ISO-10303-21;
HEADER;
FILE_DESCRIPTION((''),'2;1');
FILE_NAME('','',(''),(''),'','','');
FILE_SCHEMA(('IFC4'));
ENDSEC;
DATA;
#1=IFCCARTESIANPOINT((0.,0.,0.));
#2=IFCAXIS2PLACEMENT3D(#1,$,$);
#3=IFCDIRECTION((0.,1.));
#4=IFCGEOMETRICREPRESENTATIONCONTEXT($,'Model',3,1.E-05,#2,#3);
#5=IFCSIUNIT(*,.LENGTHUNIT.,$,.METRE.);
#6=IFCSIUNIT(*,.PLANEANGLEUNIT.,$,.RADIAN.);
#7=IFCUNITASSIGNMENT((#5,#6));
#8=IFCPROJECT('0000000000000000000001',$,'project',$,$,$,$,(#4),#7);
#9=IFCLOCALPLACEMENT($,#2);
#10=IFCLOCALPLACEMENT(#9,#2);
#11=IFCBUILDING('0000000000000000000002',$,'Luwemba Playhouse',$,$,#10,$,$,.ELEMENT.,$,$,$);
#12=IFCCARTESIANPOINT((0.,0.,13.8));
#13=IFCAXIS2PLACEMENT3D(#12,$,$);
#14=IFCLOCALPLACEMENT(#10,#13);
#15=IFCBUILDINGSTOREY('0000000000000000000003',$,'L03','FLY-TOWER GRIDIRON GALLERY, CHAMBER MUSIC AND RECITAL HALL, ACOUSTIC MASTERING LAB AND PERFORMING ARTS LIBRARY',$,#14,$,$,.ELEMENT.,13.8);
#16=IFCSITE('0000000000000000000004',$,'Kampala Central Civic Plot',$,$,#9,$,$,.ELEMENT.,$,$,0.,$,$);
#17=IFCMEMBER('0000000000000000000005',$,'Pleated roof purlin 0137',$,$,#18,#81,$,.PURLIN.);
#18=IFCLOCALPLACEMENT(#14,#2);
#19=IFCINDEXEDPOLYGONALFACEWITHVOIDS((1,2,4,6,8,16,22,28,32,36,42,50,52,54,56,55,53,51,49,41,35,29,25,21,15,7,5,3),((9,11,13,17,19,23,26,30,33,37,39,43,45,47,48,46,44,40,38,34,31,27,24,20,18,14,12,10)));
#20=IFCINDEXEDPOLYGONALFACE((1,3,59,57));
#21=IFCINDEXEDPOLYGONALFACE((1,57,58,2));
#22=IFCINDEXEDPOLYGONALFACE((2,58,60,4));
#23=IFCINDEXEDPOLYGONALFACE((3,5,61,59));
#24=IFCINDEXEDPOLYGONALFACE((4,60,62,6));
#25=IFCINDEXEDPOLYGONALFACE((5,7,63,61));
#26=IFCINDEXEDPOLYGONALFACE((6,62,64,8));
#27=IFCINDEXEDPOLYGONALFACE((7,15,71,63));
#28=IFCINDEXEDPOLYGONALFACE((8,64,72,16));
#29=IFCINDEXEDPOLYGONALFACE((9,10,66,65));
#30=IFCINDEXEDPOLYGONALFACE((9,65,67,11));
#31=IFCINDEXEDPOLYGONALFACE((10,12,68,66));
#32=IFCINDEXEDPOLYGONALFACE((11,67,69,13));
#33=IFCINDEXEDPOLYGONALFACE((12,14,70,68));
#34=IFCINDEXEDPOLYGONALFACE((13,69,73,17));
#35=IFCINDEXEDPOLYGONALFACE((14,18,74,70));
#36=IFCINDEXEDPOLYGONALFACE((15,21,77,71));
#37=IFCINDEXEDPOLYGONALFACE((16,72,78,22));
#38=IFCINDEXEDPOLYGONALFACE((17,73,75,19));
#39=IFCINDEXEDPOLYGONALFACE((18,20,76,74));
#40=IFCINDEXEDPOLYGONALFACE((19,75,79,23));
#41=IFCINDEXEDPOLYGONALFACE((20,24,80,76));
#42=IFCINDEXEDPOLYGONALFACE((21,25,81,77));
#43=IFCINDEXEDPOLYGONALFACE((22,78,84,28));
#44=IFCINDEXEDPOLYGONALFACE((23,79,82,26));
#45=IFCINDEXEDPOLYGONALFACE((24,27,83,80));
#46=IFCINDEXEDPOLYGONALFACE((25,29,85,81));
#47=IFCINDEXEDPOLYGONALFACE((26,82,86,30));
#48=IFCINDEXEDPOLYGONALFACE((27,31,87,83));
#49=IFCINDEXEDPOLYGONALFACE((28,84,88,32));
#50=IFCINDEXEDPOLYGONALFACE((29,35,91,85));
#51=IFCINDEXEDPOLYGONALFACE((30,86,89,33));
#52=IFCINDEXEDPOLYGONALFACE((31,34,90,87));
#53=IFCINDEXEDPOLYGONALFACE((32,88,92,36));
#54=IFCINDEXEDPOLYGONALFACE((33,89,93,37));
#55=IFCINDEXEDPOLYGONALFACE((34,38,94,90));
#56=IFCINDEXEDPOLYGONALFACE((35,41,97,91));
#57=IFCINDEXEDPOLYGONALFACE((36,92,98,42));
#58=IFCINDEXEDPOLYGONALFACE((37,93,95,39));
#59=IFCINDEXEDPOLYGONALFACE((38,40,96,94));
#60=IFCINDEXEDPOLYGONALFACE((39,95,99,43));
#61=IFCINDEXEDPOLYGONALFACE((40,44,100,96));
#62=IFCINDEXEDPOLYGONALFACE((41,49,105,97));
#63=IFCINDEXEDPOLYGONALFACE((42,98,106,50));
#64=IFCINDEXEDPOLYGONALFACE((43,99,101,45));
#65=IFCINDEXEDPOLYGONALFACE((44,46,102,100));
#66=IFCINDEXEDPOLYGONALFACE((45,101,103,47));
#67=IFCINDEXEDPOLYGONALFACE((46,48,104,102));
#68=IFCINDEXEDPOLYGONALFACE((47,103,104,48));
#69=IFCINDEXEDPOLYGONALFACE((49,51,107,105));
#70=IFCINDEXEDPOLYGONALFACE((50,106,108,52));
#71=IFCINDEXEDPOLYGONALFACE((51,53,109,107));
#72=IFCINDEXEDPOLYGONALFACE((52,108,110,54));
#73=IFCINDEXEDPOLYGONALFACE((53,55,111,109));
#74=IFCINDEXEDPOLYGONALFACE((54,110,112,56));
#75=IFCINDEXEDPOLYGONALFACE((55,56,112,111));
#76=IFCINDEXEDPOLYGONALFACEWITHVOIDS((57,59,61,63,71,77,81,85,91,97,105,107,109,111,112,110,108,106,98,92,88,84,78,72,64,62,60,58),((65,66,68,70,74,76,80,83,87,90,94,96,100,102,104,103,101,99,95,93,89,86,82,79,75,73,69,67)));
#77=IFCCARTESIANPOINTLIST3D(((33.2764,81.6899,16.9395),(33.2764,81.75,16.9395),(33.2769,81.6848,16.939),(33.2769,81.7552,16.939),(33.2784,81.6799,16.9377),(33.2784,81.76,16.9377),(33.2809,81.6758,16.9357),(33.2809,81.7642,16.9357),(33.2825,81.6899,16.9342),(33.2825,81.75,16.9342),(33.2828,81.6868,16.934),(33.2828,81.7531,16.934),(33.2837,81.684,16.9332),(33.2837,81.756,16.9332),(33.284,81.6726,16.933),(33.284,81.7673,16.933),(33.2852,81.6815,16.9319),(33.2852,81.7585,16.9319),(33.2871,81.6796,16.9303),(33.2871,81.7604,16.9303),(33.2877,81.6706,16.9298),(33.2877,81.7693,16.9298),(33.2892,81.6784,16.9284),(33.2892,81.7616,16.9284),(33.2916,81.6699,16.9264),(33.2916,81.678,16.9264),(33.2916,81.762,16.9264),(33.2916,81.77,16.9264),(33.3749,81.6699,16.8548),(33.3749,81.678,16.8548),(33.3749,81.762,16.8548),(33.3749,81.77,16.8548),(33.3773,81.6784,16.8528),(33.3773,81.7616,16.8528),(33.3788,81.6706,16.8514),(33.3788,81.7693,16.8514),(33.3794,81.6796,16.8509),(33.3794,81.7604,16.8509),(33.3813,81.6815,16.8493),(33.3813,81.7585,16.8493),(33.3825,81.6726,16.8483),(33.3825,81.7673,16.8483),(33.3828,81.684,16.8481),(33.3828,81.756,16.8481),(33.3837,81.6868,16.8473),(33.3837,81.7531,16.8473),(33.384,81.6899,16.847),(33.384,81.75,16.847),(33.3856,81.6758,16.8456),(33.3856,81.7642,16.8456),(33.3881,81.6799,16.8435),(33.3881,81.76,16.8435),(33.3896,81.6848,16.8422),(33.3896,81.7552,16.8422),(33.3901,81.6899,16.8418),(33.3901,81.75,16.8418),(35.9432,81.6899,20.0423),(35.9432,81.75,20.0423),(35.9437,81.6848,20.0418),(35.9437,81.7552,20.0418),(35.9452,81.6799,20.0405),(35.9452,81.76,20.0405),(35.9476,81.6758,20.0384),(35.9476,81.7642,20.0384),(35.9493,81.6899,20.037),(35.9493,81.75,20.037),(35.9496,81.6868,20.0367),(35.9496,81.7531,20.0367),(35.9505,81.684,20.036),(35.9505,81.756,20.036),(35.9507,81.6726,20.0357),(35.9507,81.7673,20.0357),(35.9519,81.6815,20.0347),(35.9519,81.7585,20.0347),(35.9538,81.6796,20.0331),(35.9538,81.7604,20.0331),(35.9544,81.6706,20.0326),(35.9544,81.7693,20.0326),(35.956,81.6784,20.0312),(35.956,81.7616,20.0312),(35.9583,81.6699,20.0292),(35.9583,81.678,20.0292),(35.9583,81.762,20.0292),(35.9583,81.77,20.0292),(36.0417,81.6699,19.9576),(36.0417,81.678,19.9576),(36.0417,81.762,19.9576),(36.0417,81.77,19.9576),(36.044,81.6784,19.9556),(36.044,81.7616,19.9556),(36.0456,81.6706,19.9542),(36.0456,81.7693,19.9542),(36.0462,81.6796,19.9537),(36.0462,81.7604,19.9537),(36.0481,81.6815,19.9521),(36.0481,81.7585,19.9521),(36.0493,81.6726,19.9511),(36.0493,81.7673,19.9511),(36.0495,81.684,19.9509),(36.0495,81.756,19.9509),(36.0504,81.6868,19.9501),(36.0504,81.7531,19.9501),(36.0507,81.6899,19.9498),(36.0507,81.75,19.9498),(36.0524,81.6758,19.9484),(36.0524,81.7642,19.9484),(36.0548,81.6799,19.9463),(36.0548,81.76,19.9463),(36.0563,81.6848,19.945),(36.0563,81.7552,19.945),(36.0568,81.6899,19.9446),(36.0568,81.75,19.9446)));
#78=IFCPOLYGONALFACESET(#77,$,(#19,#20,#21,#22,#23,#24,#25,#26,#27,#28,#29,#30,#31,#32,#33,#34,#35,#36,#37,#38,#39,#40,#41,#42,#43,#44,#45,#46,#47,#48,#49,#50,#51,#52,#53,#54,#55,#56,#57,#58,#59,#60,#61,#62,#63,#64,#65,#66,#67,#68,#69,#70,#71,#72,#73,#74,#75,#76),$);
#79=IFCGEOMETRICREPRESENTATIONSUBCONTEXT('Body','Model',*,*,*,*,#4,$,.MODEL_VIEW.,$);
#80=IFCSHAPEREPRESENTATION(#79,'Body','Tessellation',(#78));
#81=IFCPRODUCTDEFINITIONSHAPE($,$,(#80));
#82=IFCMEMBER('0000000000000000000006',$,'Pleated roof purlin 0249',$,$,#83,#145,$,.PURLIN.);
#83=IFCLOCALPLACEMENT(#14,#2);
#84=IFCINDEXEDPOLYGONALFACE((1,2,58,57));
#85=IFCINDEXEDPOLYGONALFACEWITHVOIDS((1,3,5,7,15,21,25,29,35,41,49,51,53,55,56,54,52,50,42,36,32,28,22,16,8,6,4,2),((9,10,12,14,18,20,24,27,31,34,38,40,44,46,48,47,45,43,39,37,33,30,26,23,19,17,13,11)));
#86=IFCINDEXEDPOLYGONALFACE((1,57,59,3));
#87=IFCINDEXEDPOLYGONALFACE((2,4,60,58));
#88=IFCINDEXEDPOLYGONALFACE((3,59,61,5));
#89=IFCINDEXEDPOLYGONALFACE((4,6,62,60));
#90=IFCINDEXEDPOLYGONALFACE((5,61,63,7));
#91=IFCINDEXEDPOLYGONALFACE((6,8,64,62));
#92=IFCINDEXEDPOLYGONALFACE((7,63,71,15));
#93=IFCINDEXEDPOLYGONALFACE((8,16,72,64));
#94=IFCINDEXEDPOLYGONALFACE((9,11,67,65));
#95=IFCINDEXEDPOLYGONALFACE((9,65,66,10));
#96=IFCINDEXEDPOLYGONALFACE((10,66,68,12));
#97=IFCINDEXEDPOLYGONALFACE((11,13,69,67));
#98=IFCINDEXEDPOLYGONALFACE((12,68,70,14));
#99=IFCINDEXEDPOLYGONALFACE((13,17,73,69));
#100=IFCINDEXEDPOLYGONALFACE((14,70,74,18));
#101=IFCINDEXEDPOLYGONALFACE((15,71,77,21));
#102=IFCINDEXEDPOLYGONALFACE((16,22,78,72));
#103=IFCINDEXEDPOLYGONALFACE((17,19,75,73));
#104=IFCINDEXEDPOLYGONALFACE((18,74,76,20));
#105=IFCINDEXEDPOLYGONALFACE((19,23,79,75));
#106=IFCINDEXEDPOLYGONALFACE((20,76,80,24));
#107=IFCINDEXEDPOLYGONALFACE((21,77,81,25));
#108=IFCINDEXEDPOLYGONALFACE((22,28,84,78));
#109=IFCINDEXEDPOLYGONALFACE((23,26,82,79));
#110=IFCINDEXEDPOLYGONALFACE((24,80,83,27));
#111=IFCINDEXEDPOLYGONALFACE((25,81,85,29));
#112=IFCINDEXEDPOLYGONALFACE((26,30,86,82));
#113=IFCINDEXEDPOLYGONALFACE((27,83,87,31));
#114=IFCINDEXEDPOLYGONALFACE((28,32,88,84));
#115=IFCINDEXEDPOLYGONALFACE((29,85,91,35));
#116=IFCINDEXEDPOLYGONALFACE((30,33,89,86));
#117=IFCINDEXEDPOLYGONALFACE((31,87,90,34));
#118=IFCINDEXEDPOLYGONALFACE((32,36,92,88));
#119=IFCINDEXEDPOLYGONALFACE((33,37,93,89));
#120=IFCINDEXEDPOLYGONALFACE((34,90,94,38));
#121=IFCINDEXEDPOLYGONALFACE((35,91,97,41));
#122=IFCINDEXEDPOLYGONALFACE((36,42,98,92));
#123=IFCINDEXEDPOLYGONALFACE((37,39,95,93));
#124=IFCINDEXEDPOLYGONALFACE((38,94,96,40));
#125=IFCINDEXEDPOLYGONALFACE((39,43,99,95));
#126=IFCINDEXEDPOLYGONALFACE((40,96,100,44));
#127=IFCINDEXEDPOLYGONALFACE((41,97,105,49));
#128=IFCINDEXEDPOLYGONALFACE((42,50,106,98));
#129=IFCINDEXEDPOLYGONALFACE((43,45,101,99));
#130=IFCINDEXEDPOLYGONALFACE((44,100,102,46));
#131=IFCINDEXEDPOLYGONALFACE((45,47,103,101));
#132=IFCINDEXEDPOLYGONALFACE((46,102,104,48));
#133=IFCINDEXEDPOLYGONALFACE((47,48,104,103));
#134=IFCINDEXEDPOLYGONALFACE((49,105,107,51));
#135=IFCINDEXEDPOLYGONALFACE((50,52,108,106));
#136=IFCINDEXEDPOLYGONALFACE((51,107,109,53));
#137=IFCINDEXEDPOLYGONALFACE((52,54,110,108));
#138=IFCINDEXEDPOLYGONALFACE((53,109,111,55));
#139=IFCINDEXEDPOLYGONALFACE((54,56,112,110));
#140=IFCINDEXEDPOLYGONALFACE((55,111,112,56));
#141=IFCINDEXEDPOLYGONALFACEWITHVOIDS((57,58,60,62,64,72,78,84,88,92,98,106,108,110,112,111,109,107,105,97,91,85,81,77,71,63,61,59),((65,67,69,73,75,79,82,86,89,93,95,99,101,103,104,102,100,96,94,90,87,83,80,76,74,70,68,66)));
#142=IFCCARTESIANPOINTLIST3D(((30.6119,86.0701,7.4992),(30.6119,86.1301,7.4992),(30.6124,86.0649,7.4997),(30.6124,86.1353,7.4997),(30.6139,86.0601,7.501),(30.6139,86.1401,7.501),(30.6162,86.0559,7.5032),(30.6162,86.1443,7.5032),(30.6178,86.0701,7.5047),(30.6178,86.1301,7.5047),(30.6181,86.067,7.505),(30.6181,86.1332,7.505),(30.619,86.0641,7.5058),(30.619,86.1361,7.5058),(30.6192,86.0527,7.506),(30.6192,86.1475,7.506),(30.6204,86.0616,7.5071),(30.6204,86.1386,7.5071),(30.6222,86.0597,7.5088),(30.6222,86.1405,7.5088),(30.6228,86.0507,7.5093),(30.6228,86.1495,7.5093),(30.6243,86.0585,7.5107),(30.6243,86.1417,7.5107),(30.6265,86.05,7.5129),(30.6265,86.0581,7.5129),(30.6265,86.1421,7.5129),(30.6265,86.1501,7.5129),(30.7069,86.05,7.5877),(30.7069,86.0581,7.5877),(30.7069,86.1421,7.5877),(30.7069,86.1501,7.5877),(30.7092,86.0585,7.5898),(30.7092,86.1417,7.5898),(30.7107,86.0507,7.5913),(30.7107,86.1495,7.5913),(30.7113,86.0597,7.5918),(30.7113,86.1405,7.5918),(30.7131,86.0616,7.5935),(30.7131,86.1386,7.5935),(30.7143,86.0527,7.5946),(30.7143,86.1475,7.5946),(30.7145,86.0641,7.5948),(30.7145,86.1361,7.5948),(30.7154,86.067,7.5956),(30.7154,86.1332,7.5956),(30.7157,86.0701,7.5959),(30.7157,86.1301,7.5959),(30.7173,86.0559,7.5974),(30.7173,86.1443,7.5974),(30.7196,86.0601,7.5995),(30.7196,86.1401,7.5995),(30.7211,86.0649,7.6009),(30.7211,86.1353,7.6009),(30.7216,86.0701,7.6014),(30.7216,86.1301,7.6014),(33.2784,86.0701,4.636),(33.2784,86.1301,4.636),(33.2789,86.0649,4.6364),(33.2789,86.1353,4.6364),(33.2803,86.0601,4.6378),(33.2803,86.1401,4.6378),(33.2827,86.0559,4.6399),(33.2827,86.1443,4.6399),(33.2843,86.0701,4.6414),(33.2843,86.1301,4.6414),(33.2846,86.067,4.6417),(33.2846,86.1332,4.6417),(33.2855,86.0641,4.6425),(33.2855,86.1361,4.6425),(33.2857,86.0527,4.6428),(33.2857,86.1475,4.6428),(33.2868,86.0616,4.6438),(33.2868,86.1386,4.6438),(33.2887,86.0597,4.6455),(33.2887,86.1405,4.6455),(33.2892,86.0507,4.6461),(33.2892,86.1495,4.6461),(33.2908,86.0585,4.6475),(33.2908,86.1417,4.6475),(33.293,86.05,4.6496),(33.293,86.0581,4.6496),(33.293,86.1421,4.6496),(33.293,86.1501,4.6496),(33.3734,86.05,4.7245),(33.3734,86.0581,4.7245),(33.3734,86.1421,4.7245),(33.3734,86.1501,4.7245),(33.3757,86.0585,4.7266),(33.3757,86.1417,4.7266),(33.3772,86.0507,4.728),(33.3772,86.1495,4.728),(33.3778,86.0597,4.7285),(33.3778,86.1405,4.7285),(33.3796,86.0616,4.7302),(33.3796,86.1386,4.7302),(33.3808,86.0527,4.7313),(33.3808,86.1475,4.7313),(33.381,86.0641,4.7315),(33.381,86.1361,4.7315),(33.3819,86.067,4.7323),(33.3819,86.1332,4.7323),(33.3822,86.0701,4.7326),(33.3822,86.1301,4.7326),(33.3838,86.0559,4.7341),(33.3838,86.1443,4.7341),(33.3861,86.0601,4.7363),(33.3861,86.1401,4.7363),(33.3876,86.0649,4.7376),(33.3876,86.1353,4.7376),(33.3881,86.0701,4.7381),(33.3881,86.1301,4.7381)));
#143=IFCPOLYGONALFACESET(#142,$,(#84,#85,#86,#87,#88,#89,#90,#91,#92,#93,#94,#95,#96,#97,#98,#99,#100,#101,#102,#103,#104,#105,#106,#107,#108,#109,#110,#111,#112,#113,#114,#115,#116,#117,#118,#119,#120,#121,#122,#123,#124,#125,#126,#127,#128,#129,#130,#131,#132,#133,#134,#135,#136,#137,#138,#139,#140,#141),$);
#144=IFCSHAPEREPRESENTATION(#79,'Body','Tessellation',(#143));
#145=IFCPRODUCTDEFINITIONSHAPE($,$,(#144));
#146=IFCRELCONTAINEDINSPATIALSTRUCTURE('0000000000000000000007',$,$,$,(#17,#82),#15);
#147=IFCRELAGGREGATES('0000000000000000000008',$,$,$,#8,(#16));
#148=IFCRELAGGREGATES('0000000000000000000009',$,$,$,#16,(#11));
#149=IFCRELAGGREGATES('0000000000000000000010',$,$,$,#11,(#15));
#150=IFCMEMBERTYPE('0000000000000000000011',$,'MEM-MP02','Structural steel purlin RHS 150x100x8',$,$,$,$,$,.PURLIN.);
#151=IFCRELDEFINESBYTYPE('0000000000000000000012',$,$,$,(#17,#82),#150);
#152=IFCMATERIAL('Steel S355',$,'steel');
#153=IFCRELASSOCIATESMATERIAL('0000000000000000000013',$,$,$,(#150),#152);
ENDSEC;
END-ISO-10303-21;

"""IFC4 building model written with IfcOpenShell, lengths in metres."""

from ifc_helpers import new_model, si_unit, direction, frame, origin, origin_2d, place, context, subcontext, project, spatial, hollow_rectangle, extrude, material, material_profile, profile_set, type_object, element, save


model = new_model("IFC4")

# Units and contexts
model_context = context("Model", 3, precision=1e-05, world=origin(), true_north=direction((0.0, 1.0)))
body_context = subcontext(model_context, "Body", "Model", "MODEL_VIEW")
ifc_project = project(units=[si_unit("LENGTHUNIT", "METRE"), si_unit("PLANEANGLEUNIT", "RADIAN")], contexts=[model_context])

# Site, building, storey
site_placement = place(None, origin())
site = spatial("IfcSite", under=ifc_project, at=site_placement, Name="Kampala Central Civic Plot", CompositionType="ELEMENT", RefElevation=0.0)
building_placement = place(site_placement, origin())
building = spatial("IfcBuilding", under=site, at=building_placement, Name="Luwemba Playhouse", CompositionType="ELEMENT")
storey_placement = place(building_placement, frame((0.0, 0.0, 13.8)))
storey = spatial("IfcBuildingStorey", under=building, at=storey_placement, Name="L03", Description="FLY-TOWER GRIDIRON GALLERY, CHAMBER MUSIC AND RECITAL HALL, ACOUSTIC MASTERING LAB AND PERFORMING ARTS LIBRARY", CompositionType="ELEMENT", Elevation=13.8)

# Shared definitions
ifc_material_1 = material(Name="Steel S355", Category="steel")

# Members
ifc_material_profile_1 = material_profile(ifc_material_1, hollow_rectangle(XDim=0.1001, YDim=0.1499, WallThickness=0.0081, InnerFilletRadius=0.012, OuterFilletRadius=0.02, at=origin_2d()))
ifc_profile_set_1 = profile_set([ifc_material_profile_1], Name="Steel S355")
member_type_1 = type_object("IfcMemberType", Name="MEM-MP02", Description="Structural steel purlin RHS 150x100x8", PredefinedType="PURLIN", material=ifc_profile_set_1)
member_1_placement = place(storey_placement, frame((33.3333, 81.72, 16.8906), z_axis=(0.651808, 0.0, 0.758384), x_axis=(0.0, 1.0, 0.0)))
element("IfcMember", 1, at=member_1_placement, inside=storey, type_object=member_type_1, Name="Pleated roof purlin 0137", PredefinedType="PURLIN", context=body_context, shape_type="SweptSolid", body=[
    extrude(hollow_rectangle(XDim=0.1001, YDim=0.1499, WallThickness=0.0081, InnerFilletRadius=0.012, OuterFilletRadius=0.02, at=origin_2d()), origin(), (0.0, 0.0, 1.0), 4.0913),
])
member_2_placement = place(storey_placement, frame((30.6667, 86.1001, 7.5503), z_axis=(0.681513, 0.0, -0.731806), x_axis=(0.0, 1.0, 0.0)))
element("IfcMember", 2, at=member_2_placement, inside=storey, type_object=member_type_1, Name="Pleated roof purlin 0249", PredefinedType="PURLIN", context=body_context, shape_type="SweptSolid", body=[
    extrude(hollow_rectangle(XDim=0.1001, YDim=0.1499, WallThickness=0.0081, InnerFilletRadius=0.012, OuterFilletRadius=0.02, at=origin_2d()), origin(), (0.0, 0.0, 1.0), 3.9126),
])

save(model, "model.ifc")
